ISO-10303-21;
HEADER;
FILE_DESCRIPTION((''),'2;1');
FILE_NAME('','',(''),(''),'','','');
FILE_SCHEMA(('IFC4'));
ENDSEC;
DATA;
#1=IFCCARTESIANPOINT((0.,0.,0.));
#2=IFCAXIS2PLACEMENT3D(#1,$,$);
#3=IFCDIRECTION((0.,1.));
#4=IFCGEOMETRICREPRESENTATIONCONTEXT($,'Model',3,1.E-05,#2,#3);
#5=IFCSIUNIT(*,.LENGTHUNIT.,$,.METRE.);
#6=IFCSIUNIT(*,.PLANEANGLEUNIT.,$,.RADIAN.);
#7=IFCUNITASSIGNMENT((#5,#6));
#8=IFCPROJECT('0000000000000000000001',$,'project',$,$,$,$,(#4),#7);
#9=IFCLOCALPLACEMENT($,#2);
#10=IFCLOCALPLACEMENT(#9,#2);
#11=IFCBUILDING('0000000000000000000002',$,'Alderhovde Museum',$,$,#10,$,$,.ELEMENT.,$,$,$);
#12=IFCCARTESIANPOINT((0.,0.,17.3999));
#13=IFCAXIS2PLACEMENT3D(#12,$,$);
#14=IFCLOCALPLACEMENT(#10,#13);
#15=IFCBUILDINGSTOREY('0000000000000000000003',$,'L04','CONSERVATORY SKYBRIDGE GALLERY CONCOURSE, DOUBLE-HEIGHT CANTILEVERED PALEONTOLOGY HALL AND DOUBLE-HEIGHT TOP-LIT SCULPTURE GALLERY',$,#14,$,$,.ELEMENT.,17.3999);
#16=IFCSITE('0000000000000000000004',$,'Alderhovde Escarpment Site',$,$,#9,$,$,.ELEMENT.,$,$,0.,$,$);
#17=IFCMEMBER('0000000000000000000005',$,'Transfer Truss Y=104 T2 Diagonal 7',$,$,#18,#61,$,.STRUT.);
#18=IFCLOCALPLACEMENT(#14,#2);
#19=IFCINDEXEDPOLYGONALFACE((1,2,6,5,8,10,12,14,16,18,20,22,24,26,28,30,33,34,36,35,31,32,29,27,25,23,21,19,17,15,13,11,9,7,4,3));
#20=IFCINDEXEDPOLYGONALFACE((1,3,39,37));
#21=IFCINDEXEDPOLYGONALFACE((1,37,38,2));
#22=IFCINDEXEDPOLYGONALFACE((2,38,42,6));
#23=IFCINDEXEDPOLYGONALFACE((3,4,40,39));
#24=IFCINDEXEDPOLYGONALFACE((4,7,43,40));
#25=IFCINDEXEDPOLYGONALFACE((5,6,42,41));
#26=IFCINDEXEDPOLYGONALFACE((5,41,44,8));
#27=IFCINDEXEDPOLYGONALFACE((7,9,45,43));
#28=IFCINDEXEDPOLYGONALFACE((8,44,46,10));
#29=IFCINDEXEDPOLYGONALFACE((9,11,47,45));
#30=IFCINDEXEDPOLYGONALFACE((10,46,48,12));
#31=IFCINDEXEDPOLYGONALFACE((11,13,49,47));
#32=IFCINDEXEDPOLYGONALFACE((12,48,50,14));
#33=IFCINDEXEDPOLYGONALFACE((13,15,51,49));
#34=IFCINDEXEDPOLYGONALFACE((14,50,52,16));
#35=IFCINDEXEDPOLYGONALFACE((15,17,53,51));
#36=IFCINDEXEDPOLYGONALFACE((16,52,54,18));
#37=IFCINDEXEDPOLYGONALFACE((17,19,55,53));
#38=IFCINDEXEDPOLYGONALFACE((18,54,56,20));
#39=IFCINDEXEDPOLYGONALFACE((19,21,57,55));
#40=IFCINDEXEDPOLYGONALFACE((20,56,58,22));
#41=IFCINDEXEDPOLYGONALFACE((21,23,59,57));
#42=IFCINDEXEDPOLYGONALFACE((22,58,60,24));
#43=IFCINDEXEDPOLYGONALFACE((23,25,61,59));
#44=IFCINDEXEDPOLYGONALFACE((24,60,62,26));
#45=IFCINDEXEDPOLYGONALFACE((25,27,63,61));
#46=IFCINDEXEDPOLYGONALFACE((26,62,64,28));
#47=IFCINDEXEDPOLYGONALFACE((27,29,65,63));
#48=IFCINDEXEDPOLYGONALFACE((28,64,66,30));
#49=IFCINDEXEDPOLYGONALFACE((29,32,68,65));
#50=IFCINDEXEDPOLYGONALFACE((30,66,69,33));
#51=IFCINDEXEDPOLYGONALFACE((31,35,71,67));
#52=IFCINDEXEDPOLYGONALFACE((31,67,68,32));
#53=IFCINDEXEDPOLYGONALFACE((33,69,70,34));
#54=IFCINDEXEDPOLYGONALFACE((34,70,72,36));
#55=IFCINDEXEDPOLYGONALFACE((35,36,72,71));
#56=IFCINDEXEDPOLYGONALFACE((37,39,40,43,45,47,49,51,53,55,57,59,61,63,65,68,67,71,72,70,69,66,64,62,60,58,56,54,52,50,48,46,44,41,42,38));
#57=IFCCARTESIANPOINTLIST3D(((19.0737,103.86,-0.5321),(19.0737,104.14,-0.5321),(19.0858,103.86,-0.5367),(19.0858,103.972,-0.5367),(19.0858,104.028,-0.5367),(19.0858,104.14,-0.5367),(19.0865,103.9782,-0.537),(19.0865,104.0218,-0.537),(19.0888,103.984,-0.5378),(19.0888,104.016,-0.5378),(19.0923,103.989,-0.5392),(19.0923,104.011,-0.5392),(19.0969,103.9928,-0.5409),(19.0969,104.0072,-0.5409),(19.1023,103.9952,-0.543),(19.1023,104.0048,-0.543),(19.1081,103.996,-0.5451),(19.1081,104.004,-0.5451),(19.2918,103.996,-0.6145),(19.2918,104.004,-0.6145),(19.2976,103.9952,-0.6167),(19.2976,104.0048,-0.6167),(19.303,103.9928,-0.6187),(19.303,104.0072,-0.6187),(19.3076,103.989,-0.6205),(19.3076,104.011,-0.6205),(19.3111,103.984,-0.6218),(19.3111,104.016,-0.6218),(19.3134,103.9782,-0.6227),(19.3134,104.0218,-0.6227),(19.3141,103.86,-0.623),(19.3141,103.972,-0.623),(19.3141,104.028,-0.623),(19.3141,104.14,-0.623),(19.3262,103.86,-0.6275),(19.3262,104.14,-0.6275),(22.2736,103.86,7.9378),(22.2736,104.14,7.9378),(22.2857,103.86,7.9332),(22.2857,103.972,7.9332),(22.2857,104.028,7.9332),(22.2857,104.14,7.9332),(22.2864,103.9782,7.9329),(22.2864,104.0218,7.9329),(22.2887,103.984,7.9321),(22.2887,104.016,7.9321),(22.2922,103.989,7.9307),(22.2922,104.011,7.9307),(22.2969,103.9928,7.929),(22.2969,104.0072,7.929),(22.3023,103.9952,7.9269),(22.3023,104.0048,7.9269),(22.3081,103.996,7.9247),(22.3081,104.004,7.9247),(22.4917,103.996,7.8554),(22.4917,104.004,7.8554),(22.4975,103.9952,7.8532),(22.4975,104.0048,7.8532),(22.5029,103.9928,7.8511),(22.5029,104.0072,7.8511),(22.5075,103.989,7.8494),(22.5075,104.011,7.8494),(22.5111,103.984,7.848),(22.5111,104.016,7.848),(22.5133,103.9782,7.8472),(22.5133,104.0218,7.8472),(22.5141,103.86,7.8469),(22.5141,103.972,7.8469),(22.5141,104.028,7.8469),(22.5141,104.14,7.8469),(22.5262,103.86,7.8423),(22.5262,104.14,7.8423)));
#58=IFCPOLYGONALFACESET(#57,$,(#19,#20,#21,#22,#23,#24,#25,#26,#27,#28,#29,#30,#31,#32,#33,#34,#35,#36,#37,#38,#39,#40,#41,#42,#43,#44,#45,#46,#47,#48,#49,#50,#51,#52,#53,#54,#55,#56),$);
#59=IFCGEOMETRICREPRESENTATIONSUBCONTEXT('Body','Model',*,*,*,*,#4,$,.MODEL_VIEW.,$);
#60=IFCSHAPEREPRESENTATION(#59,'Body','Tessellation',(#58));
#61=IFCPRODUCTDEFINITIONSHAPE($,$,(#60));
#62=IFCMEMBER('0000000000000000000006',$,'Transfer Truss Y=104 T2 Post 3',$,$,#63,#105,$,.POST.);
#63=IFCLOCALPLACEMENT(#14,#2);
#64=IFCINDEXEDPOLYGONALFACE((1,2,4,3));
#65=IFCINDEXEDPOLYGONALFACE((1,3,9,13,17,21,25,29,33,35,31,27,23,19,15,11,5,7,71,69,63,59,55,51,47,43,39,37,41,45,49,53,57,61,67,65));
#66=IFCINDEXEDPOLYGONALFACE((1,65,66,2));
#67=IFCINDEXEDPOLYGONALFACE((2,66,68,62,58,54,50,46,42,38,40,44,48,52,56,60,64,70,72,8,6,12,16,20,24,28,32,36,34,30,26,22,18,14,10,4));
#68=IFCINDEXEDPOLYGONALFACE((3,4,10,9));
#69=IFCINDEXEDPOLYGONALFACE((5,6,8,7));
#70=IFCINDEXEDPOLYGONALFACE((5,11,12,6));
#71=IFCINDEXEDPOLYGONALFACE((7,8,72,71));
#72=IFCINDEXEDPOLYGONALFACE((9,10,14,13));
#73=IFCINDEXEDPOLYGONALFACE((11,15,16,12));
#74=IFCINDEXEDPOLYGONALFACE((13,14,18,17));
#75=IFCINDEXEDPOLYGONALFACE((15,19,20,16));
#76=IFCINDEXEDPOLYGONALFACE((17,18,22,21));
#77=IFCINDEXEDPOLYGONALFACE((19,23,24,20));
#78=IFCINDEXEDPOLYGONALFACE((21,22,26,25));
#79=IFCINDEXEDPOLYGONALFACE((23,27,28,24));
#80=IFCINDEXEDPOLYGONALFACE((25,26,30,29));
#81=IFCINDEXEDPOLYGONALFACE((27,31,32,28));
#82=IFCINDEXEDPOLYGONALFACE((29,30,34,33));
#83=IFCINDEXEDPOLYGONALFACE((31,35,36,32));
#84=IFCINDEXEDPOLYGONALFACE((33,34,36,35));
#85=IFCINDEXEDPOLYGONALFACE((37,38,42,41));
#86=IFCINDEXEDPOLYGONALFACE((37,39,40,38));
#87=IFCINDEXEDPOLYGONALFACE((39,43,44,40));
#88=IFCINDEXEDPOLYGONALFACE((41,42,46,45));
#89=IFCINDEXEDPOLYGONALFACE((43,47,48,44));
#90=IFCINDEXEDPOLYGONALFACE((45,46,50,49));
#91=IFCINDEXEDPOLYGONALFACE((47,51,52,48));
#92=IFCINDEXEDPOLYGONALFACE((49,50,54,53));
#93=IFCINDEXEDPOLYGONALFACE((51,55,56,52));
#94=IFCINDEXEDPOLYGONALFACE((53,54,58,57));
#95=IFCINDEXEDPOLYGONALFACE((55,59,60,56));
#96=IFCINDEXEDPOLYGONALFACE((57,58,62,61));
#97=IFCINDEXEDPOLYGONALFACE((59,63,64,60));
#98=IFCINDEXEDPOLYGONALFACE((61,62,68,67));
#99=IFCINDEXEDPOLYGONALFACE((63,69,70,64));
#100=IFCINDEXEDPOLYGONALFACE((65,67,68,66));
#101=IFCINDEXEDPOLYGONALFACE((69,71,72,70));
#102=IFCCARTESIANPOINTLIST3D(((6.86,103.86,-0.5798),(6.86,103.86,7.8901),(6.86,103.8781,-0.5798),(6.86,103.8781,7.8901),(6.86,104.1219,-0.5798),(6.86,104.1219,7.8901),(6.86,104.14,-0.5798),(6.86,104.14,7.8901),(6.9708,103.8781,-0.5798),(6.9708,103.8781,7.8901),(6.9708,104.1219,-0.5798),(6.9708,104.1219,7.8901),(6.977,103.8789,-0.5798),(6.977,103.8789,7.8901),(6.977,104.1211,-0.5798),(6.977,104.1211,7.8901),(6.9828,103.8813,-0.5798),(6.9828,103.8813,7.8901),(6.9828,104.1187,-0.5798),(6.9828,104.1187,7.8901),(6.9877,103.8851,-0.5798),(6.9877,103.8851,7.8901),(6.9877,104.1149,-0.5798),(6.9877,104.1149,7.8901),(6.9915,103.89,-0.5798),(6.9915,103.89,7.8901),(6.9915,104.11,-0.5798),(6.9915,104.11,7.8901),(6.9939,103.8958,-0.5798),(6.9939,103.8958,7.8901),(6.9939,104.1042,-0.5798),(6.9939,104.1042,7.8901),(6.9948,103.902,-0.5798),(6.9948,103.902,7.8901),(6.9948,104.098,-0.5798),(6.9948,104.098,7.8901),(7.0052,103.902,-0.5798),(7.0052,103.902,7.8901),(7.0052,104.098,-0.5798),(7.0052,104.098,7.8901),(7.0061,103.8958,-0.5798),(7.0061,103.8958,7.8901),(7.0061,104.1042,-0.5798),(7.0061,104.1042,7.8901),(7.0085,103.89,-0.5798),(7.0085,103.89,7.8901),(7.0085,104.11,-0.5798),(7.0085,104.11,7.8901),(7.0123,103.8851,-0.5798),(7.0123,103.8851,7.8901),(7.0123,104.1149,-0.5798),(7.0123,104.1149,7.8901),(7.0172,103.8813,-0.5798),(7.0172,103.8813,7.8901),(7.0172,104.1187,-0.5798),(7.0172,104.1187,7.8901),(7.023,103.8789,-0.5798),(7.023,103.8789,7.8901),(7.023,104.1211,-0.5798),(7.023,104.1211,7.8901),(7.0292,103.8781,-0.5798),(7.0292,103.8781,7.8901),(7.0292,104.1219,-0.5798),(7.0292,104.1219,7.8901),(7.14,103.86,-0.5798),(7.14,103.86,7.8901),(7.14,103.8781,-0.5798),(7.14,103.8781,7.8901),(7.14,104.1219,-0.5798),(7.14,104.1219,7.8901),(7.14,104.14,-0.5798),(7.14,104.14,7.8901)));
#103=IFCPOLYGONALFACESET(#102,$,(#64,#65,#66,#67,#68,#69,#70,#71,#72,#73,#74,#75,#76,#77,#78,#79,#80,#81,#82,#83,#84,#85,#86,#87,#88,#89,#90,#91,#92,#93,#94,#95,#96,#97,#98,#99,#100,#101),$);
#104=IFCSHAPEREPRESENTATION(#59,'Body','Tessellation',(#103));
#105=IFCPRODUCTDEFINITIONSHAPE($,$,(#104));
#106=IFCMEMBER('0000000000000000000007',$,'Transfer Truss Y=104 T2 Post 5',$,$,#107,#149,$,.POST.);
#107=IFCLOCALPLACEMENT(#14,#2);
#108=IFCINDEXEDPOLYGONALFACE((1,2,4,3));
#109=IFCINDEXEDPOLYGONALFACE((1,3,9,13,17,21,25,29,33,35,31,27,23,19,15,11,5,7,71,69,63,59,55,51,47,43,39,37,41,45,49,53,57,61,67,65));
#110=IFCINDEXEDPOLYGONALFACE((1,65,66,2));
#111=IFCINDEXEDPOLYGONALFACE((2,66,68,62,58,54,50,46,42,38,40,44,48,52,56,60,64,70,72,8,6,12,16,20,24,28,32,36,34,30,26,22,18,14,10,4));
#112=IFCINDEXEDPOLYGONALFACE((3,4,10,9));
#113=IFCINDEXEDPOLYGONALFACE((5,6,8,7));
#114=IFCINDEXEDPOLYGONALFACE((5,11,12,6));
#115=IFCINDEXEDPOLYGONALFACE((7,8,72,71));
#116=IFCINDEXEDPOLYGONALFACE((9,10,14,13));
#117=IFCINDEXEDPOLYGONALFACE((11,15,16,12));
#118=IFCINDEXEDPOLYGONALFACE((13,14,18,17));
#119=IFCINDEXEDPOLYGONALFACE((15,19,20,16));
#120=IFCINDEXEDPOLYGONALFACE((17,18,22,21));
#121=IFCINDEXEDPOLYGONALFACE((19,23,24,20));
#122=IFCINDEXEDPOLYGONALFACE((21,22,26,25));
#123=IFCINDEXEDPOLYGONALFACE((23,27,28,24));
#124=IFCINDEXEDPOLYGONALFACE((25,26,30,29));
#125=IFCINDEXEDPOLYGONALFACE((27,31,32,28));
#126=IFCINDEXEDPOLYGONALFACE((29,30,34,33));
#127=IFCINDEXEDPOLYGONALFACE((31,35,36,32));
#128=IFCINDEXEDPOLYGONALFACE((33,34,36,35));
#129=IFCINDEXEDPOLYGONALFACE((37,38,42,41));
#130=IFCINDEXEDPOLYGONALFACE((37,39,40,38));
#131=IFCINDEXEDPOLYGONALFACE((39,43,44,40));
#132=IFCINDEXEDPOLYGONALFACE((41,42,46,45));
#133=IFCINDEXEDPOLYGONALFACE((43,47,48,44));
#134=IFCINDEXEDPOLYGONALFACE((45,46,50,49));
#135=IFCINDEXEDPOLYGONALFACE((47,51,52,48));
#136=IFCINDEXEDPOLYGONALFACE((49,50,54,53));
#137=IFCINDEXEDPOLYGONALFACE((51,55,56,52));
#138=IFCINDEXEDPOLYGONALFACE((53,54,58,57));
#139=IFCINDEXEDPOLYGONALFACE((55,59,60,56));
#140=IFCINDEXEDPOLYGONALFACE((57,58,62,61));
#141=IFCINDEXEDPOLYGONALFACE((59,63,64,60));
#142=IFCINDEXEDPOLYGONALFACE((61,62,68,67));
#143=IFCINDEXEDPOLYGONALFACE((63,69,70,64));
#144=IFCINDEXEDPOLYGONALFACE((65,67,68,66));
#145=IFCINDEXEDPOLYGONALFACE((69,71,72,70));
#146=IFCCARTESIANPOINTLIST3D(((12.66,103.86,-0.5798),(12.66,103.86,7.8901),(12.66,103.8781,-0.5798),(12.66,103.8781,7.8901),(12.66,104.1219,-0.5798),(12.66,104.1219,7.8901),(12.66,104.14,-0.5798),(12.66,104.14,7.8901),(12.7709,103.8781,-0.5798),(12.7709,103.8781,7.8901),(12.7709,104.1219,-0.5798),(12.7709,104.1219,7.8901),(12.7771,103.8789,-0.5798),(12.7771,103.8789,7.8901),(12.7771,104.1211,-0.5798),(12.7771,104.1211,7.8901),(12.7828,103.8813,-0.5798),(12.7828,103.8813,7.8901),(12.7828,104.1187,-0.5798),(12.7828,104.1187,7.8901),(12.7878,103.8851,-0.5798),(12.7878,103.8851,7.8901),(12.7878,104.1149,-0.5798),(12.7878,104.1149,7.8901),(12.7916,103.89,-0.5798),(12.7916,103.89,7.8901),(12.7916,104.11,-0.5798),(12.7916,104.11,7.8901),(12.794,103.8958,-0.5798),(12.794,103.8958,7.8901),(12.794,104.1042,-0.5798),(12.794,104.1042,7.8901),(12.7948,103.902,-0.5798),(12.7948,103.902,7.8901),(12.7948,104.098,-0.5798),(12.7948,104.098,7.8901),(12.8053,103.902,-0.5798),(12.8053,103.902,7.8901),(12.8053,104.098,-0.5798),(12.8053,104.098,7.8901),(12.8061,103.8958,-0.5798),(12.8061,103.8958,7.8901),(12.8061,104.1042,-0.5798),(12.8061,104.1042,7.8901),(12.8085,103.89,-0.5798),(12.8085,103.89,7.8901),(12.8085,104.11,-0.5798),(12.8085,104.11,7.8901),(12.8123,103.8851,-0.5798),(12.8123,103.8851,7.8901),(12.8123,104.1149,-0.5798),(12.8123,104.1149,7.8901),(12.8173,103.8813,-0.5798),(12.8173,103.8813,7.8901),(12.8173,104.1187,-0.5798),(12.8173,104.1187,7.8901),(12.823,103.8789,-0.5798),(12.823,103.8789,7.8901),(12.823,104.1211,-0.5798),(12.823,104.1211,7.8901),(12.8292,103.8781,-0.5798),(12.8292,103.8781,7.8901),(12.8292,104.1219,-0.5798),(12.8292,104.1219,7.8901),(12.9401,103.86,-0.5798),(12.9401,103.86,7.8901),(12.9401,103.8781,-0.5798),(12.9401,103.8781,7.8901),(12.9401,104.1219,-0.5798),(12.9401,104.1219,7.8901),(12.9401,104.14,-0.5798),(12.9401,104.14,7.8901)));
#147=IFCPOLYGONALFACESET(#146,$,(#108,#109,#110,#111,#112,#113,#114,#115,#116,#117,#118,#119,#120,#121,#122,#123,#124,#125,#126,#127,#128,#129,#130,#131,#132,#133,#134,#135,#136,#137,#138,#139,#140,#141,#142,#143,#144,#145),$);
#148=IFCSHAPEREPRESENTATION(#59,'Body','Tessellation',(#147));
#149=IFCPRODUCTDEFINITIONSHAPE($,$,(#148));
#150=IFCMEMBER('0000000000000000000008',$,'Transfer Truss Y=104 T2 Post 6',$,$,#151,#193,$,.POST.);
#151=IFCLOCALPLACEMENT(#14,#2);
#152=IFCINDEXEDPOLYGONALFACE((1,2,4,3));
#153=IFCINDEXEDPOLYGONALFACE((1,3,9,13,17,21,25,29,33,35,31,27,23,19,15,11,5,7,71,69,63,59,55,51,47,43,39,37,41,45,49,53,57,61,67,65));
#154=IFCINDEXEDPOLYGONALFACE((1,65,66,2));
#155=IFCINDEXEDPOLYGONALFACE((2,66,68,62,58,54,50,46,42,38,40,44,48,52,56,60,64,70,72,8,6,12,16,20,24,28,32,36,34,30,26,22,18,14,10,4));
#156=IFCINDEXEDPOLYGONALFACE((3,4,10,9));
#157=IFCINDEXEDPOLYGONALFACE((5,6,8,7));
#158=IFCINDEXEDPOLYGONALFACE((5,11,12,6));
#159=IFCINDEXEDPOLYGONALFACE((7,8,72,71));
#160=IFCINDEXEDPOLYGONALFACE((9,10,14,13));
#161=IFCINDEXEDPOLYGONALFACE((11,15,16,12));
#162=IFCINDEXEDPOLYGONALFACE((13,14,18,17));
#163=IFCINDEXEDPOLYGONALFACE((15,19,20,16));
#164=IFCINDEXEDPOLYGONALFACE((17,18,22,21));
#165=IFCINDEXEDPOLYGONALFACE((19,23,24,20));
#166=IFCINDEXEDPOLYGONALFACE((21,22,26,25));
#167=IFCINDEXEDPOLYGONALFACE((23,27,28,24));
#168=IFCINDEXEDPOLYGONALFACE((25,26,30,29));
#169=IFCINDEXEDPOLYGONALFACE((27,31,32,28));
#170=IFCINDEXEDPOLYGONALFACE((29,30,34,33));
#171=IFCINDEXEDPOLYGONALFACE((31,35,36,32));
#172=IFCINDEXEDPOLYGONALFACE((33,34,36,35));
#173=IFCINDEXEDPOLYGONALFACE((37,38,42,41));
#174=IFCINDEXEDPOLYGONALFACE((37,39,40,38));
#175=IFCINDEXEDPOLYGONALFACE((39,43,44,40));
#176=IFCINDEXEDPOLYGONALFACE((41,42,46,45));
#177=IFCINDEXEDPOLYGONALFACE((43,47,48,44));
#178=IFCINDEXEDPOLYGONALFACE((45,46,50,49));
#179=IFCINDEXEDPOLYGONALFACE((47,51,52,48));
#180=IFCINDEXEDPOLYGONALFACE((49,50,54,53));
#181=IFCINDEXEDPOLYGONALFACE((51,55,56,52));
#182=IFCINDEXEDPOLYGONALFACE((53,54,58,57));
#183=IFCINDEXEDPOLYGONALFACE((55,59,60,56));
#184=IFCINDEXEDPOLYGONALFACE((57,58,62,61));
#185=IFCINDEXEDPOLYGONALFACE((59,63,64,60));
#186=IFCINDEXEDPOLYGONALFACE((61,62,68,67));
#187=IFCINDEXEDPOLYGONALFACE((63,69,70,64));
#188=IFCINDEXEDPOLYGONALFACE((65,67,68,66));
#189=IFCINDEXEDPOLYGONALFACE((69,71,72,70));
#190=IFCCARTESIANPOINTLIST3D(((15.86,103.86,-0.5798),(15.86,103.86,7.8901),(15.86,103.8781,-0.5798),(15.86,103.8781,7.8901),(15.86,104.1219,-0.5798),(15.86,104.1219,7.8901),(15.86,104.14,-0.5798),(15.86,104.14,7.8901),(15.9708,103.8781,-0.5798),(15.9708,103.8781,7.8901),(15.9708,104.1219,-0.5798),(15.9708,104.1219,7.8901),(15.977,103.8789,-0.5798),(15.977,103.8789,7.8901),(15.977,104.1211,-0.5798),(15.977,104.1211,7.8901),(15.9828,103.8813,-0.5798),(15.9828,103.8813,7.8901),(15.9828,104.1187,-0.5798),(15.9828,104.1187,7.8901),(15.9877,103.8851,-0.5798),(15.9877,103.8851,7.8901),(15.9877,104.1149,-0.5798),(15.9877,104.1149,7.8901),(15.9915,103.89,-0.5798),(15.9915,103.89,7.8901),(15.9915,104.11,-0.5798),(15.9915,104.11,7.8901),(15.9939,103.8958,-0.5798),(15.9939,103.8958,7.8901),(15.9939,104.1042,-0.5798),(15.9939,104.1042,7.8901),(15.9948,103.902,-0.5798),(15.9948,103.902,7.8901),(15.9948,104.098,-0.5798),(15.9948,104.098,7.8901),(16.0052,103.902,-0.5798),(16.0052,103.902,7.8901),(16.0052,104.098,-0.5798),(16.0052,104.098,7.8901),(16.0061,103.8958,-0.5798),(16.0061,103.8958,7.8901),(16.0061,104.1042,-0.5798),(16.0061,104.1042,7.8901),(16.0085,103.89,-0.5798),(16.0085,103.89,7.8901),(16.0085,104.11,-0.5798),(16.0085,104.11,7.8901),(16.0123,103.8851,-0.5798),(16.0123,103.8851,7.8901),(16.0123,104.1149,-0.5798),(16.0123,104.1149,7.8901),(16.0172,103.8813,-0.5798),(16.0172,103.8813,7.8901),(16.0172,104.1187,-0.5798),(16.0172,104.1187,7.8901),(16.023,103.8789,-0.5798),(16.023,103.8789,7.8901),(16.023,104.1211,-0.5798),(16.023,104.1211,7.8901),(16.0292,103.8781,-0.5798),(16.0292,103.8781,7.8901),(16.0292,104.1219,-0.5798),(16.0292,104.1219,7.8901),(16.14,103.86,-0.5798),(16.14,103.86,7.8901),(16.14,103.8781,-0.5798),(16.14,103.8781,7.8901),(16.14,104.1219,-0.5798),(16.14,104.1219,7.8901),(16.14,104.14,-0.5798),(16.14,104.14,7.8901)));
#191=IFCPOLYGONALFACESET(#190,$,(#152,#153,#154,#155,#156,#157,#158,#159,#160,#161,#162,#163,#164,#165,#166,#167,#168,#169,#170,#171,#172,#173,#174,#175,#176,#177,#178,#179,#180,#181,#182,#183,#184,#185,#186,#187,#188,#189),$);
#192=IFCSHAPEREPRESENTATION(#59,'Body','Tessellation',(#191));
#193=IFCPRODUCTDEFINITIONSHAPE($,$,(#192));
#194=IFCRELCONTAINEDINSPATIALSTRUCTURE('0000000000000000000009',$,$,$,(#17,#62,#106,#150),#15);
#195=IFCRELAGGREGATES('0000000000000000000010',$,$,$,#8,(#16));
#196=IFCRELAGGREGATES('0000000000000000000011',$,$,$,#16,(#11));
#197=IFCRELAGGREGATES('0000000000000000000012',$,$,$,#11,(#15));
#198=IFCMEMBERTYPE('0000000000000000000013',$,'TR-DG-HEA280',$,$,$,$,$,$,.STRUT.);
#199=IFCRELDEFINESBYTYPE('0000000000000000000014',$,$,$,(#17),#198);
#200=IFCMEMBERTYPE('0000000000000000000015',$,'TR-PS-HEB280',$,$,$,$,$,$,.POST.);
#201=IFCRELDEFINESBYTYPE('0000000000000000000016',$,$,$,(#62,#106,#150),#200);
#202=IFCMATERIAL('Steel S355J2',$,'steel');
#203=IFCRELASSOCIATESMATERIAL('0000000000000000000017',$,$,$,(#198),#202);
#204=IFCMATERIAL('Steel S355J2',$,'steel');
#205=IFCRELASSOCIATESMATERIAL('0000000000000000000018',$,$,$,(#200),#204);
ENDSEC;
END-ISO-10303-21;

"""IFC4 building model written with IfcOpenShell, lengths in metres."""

from ifc_helpers import new_model, si_unit, direction, frame, origin, origin_2d, place, context, subcontext, project, spatial, i_section, extrude, material, material_profile, profile_set, type_object, element, save


model = new_model("IFC4")

# Units and contexts
model_context = context("Model", 3, precision=1e-05, world=origin(), true_north=direction((0.0, 1.0)))
body_context = subcontext(model_context, "Body", "Model", "MODEL_VIEW")
ifc_project = project(units=[si_unit("LENGTHUNIT", "METRE"), si_unit("PLANEANGLEUNIT", "RADIAN")], contexts=[model_context])

# Site, building, storey
site_placement = place(None, origin())
site = spatial("IfcSite", under=ifc_project, at=site_placement, Name="Alderhovde Escarpment Site", CompositionType="ELEMENT", RefElevation=0.0)
building_placement = place(site_placement, origin())
building = spatial("IfcBuilding", under=site, at=building_placement, Name="Alderhovde Museum", CompositionType="ELEMENT")
storey_placement = place(building_placement, frame((0.0, 0.0, 17.3999)))
storey = spatial("IfcBuildingStorey", under=building, at=storey_placement, Name="L04", Description="CONSERVATORY SKYBRIDGE GALLERY CONCOURSE, DOUBLE-HEIGHT CANTILEVERED PALEONTOLOGY HALL AND DOUBLE-HEIGHT TOP-LIT SCULPTURE GALLERY", CompositionType="ELEMENT", Elevation=17.3999)

# Members
ifc_material_1 = material(Name="Steel S355J2", Category="steel")
ifc_material_profile_1 = material_profile(ifc_material_1, i_section(OverallWidth=0.28, OverallDepth=0.27, WebThickness=0.0081, FlangeThickness=0.0129, FilletRadius=0.0239, at=origin_2d()), Name="HEA 280")
ifc_profile_set_1 = profile_set([ifc_material_profile_1], Name="Steel S355J2")
member_type_1 = type_object("IfcMemberType", Name="TR-DG-HEA280", PredefinedType="STRUT", material=ifc_profile_set_1)
for number, where, z_axis, x_axis, name in (
    (1, (19.2, 104.0, -0.5798), (0.353418, 0.0, 0.935465), (0.0, 1.0, 0.0), "Transfer Truss Y=104 T2 Diagonal 7"),
):
    element("IfcMember", number, at=place(storey_placement, frame(where, z_axis=z_axis, x_axis=x_axis)), inside=storey, type_object=member_type_1, Name=name, PredefinedType="STRUT", context=body_context, shape_type="SweptSolid", body=[
        extrude(i_section(OverallWidth=0.28, OverallDepth=0.27, WebThickness=0.0081, FlangeThickness=0.0129, FilletRadius=0.0239, at=origin_2d()), origin(), (0.0, 0.0, 1.0), 9.0542),
    ])
ifc_material_2 = material(Name="Steel S355J2", Category="steel")
ifc_material_profile_2 = material_profile(ifc_material_2, i_section(OverallWidth=0.28, OverallDepth=0.28, WebThickness=0.0105, FlangeThickness=0.0181, FilletRadius=0.0239, at=origin_2d()), Name="HEB 280")
ifc_profile_set_2 = profile_set([ifc_material_profile_2], Name="Steel S355J2")
member_type_2 = type_object("IfcMemberType", Name="TR-PS-HEB280", PredefinedType="POST", material=ifc_profile_set_2)
for number, where, z_axis, x_axis, name in (
    (2, (7.0, 104.0, -0.5798), (0.0, 0.0, 1.0), (1.0, 0.0, 0.0), "Transfer Truss Y=104 T2 Post 3"),
    (3, (12.8, 104.0, -0.5798), (0.0, 0.0, 1.0), (1.0, 0.0, 0.0), "Transfer Truss Y=104 T2 Post 5"),
    (4, (16.0, 104.0, -0.5798), (0.0, 0.0, 1.0), (1.0, 0.0, 0.0), "Transfer Truss Y=104 T2 Post 6"),
):
    element("IfcMember", number, at=place(storey_placement, frame(where, z_axis=z_axis, x_axis=x_axis)), inside=storey, type_object=member_type_2, Name=name, PredefinedType="POST", context=body_context, shape_type="SweptSolid", body=[
        extrude(i_section(OverallWidth=0.28, OverallDepth=0.28, WebThickness=0.0105, FlangeThickness=0.0181, FilletRadius=0.0239, at=origin_2d()), origin(), (0.0, 0.0, 1.0), 8.47),
    ])

save(model, "model.ifc")
